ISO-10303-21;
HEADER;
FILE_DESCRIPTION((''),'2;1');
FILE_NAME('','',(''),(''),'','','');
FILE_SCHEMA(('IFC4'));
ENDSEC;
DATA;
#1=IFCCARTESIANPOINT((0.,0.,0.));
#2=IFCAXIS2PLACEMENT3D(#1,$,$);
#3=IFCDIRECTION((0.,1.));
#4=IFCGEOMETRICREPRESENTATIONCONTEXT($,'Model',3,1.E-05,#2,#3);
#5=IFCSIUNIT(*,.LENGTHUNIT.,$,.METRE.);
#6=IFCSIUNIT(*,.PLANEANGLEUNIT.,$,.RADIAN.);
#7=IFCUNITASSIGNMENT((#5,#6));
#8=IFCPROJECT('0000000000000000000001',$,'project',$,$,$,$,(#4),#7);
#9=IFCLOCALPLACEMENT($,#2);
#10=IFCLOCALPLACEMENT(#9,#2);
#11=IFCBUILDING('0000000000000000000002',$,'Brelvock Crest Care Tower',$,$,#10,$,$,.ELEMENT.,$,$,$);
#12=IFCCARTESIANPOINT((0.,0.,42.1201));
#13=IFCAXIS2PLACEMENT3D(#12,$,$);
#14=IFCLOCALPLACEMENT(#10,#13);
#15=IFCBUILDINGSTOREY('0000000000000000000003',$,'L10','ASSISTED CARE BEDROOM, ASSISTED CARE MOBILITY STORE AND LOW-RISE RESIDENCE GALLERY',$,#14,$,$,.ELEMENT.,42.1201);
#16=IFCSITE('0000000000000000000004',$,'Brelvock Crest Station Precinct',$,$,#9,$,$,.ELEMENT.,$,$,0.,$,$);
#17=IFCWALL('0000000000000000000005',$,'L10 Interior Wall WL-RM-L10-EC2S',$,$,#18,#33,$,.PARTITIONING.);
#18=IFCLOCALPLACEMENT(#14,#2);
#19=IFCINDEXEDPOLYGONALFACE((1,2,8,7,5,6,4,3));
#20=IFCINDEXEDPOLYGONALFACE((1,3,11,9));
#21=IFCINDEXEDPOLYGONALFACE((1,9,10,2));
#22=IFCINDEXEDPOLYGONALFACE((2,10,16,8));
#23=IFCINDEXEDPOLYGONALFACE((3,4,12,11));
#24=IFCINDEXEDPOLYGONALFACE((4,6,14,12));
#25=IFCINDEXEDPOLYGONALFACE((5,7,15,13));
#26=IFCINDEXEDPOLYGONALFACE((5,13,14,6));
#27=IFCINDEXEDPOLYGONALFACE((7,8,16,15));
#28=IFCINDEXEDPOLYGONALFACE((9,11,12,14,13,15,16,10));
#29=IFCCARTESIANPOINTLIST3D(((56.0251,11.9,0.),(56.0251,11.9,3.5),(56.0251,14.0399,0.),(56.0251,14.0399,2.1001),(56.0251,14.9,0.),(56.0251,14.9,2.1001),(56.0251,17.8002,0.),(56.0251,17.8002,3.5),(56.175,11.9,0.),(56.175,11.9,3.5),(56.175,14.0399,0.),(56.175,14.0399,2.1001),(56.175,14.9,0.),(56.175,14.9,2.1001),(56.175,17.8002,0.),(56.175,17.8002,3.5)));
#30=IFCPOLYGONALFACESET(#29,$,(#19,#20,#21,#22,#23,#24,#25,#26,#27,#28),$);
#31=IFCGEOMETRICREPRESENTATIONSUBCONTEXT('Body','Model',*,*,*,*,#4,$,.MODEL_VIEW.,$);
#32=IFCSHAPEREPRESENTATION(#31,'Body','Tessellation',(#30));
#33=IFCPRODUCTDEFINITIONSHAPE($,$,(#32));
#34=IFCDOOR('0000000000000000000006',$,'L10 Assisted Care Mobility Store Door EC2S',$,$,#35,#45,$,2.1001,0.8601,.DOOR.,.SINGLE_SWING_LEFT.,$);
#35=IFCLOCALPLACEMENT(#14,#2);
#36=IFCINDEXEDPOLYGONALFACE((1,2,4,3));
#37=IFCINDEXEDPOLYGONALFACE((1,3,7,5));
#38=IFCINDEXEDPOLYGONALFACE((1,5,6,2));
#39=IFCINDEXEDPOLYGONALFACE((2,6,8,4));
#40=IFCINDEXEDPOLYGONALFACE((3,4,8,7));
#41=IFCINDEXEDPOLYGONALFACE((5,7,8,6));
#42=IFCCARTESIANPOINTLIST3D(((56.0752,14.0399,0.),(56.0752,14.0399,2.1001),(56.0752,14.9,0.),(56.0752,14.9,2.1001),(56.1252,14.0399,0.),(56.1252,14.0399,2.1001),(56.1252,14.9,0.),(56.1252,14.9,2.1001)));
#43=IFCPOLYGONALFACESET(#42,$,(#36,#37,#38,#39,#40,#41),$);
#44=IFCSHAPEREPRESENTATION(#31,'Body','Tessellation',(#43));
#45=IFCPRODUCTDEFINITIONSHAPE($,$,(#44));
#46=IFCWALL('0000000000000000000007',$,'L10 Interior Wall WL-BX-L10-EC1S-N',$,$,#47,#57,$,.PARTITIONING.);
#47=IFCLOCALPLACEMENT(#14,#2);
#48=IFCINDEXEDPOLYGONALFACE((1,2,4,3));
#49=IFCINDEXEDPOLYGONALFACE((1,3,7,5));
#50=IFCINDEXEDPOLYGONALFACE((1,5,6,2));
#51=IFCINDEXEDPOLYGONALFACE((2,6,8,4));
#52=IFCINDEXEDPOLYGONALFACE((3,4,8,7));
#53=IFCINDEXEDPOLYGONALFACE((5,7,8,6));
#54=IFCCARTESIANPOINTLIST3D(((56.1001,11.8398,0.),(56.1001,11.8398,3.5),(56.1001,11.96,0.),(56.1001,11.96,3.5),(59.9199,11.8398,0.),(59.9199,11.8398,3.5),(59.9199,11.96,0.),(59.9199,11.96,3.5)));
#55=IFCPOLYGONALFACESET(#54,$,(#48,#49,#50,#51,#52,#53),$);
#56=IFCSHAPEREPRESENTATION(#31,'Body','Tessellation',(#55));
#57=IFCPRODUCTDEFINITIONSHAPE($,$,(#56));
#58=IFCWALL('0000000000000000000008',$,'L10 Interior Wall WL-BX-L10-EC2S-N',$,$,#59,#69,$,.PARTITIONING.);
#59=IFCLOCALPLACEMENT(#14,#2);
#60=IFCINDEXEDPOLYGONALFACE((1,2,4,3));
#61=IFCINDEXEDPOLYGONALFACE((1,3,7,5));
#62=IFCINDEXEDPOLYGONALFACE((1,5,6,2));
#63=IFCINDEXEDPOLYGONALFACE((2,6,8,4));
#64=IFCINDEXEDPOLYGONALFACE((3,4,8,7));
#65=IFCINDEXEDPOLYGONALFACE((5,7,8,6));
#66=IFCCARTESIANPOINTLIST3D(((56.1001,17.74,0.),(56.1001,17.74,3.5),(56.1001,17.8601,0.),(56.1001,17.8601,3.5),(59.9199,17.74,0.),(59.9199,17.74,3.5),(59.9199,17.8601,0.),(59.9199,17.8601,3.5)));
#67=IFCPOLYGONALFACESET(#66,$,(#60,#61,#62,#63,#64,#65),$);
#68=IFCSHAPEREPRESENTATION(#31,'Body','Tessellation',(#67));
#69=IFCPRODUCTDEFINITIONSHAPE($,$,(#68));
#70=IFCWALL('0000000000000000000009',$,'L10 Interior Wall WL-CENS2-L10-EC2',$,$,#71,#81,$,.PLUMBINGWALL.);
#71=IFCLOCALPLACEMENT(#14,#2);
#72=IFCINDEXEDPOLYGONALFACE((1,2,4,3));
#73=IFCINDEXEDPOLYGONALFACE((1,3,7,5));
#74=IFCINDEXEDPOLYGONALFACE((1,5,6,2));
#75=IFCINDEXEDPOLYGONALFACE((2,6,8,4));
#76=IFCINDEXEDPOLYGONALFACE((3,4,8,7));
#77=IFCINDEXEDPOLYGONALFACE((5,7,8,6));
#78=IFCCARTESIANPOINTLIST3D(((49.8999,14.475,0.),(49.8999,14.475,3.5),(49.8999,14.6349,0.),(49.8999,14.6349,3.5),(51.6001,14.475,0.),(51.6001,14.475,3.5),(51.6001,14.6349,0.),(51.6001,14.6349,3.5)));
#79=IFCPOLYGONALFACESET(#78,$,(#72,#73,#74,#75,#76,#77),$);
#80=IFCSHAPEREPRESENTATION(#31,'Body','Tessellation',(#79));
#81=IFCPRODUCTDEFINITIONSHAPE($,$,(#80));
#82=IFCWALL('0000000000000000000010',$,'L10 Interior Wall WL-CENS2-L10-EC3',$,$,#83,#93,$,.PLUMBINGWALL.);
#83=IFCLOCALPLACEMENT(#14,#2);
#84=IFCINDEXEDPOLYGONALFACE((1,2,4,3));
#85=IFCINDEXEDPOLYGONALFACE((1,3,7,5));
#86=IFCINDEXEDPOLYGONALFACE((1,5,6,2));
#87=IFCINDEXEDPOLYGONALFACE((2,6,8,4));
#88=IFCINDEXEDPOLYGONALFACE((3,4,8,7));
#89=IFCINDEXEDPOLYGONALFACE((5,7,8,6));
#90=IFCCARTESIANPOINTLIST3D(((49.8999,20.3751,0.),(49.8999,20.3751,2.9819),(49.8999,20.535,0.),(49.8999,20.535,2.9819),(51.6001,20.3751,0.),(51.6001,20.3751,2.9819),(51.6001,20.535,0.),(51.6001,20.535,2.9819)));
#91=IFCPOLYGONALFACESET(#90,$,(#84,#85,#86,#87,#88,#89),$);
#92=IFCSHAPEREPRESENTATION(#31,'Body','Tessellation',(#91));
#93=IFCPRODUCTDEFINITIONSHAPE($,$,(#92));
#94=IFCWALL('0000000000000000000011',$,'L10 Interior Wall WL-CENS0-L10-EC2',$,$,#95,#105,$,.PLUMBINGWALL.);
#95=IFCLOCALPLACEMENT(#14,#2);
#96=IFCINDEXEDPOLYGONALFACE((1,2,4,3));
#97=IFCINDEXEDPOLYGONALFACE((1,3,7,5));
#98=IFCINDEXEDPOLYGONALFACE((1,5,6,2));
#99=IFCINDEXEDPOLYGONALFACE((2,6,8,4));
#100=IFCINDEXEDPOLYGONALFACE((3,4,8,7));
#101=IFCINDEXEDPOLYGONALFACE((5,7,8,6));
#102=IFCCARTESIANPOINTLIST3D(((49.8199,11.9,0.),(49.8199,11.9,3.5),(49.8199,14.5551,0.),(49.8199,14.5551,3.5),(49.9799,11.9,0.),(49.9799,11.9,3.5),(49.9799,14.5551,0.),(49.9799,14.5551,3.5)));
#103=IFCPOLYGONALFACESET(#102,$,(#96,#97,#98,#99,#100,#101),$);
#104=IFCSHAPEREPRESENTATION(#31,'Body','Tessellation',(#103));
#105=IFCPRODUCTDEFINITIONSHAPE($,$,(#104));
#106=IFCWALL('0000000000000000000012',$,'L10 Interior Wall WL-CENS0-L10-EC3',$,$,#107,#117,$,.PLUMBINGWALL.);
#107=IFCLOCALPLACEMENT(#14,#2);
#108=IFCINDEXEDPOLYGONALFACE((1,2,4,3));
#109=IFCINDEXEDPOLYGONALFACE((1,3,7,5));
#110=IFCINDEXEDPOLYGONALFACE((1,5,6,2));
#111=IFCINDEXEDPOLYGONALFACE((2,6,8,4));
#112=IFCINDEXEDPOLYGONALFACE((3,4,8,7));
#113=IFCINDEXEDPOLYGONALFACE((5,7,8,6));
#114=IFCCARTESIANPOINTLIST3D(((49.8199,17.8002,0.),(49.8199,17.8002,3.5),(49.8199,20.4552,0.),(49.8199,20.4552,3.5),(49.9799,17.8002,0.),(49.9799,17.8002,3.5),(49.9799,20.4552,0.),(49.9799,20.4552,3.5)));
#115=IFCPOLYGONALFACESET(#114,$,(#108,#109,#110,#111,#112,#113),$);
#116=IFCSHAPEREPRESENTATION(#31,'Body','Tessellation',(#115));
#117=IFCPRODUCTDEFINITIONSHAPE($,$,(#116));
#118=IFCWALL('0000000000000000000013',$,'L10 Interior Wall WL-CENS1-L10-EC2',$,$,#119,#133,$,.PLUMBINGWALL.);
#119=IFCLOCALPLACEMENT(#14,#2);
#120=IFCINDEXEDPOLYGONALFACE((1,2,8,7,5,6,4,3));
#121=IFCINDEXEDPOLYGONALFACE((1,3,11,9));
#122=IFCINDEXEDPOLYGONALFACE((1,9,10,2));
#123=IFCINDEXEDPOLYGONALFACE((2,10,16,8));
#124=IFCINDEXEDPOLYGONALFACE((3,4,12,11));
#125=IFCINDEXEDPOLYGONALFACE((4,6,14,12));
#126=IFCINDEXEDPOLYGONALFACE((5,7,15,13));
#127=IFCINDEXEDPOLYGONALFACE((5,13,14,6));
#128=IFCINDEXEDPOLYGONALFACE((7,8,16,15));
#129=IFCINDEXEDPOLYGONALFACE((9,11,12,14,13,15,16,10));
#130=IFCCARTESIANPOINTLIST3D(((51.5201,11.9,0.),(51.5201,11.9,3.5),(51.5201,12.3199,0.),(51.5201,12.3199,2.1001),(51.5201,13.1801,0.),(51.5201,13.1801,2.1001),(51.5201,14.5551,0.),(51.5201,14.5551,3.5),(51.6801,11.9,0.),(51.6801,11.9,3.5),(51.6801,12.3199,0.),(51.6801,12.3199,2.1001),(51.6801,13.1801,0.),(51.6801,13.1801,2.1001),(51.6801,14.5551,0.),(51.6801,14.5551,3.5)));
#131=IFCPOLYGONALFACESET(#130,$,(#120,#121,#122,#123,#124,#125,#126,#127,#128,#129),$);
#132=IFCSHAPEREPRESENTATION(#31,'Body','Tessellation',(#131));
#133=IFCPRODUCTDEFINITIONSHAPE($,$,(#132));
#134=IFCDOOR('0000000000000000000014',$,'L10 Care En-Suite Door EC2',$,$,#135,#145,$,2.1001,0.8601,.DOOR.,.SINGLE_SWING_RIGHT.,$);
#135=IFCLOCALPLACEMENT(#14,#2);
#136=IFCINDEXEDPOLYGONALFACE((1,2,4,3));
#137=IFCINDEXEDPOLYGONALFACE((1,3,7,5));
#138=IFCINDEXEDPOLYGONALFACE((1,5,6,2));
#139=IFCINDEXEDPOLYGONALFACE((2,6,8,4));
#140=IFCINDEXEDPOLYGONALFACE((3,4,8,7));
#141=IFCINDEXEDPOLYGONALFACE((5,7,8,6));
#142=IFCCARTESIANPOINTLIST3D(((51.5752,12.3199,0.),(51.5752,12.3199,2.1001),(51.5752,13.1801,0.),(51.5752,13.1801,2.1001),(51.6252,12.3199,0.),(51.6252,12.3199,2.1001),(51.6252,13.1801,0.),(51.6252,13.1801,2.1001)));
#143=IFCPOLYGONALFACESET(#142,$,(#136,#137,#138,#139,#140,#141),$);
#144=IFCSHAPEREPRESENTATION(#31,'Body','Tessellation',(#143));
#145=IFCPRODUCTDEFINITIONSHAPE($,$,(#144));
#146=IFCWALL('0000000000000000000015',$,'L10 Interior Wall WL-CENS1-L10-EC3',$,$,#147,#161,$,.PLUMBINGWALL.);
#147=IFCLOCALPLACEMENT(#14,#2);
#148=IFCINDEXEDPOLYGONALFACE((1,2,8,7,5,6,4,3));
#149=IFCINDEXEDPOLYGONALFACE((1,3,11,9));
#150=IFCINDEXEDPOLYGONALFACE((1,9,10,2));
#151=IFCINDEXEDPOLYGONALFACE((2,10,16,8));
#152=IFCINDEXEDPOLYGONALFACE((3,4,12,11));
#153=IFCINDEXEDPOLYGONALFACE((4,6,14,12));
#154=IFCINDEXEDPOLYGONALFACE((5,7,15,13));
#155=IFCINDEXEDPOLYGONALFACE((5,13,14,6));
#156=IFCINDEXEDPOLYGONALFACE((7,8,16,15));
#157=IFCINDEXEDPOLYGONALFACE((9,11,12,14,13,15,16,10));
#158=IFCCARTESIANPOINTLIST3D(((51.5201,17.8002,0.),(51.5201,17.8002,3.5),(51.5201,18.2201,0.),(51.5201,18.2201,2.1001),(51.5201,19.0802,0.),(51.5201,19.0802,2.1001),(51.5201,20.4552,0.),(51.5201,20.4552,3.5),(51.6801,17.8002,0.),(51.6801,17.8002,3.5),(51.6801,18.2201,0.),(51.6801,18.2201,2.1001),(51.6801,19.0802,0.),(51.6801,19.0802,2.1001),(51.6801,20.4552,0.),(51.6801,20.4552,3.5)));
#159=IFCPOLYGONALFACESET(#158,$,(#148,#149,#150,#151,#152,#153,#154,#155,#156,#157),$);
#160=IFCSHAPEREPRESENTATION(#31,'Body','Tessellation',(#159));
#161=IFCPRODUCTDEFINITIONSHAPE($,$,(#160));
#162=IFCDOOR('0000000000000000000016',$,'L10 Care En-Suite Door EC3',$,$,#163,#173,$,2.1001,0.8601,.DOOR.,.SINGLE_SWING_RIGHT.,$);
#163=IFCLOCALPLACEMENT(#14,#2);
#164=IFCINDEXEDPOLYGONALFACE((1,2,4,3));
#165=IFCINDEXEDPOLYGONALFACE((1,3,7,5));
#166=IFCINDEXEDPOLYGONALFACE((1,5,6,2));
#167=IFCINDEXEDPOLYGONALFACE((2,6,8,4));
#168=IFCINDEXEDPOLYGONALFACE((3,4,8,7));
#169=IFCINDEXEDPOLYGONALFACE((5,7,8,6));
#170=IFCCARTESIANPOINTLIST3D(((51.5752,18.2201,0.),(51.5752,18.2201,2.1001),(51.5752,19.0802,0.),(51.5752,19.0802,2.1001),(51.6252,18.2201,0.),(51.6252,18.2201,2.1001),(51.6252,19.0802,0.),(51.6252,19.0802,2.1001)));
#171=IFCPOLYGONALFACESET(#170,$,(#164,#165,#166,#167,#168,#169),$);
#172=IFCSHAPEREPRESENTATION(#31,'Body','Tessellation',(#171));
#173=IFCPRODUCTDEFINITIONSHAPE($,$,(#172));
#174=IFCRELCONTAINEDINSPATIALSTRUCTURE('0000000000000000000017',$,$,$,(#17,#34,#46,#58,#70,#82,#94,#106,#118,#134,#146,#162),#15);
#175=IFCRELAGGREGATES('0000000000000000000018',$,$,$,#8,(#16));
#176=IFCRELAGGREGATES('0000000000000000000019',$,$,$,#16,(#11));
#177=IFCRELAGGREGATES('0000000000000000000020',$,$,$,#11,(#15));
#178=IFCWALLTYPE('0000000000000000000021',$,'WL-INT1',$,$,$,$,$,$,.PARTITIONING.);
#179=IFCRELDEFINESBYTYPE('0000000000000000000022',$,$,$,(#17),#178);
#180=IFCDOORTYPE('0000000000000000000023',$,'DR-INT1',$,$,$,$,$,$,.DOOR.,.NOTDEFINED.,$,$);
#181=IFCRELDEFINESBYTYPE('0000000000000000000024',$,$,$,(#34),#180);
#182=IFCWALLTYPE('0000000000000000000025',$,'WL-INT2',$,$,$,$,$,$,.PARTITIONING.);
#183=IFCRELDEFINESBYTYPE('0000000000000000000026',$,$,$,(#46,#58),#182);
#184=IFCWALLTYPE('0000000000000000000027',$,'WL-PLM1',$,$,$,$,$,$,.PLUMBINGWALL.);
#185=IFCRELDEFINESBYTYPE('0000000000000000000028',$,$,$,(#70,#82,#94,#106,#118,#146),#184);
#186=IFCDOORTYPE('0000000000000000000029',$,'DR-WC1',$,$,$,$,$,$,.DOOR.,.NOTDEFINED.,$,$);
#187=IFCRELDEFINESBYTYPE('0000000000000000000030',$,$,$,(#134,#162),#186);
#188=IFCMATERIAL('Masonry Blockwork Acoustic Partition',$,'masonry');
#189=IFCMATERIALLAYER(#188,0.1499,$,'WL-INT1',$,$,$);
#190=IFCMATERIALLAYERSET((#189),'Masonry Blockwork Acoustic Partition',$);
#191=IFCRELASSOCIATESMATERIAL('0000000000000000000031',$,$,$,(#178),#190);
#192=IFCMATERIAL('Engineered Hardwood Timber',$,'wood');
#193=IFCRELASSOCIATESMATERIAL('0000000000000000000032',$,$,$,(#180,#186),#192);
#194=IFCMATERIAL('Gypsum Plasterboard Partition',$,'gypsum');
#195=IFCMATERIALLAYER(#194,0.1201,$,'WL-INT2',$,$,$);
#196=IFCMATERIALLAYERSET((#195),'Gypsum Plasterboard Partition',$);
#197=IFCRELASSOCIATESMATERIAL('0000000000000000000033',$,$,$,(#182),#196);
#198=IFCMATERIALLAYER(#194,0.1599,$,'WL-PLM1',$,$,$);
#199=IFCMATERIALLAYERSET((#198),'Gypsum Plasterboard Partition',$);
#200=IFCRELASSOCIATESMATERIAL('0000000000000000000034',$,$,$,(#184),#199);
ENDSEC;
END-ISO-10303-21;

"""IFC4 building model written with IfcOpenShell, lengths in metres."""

from ifc_helpers import new_model, si_unit, direction, frame, frame_2d, origin, origin_2d, place, context, subcontext, project, spatial, rectangle, extrude, source, transform, mapped, material, layer, layer_set, type_object, element, fill, save


model = new_model("IFC4")

# Units and contexts
model_context = context("Model", 3, precision=1e-05, world=origin(), true_north=direction((0.0, 1.0)))
body_context = subcontext(model_context, "Body", "Model", "MODEL_VIEW")
ifc_project = project(units=[si_unit("LENGTHUNIT", "METRE"), si_unit("PLANEANGLEUNIT", "RADIAN")], contexts=[model_context])

# Site, building, storey
site_placement = place(None, origin())
site = spatial("IfcSite", under=ifc_project, at=site_placement, Name="Brelvock Crest Station Precinct", CompositionType="ELEMENT", RefElevation=0.0)
building_placement = place(site_placement, origin())
building = spatial("IfcBuilding", under=site, at=building_placement, Name="Brelvock Crest Care Tower", CompositionType="ELEMENT")
storey_placement = place(building_placement, frame((0.0, 0.0, 42.1201)))
storey = spatial("IfcBuildingStorey", under=building, at=storey_placement, Name="L10", Description="ASSISTED CARE BEDROOM, ASSISTED CARE MOBILITY STORE AND LOW-RISE RESIDENCE GALLERY", CompositionType="ELEMENT", Elevation=42.1201)

# Shared definitions
ifc_material_1 = material(Name="Masonry Blockwork Acoustic Partition", Category="masonry")
ifc_layer_1 = layer(ifc_material_1, 0.1499, Name="WL-INT1")
ifc_layer_set_1 = layer_set([ifc_layer_1], Name="Masonry Blockwork Acoustic Partition")
wall_type_1 = type_object("IfcWallType", Name="WL-INT1", PredefinedType="PARTITIONING", material=ifc_layer_set_1)

# Wall, opening, door
ifc_material_2 = material(Name="Engineered Hardwood Timber", Category="wood")
wall_1_placement = place(storey_placement, frame((56.1001, 11.8999, 0.0), z_axis=(0.0, 0.0, 1.0), x_axis=(0.0, 1.0, 0.0)))
wall_1 = element("IfcWall", 1, at=wall_1_placement, inside=storey, type_object=wall_type_1, Name="L10 Interior Wall WL-RM-L10-EC2S", PredefinedType="PARTITIONING", context=body_context, shape_type="SweptSolid", body=[
    extrude(rectangle(XDim=5.9001, YDim=0.1499, at=frame_2d((2.9502, 0.0))), origin(), (0.0, 0.0, 1.0), 3.5),
])
opening_1_placement = place(wall_1_placement, frame((2.1399, 0.0, 0.0)))
opening_1 = element("IfcOpeningElement", 2, at=opening_1_placement, cuts=wall_1, PredefinedType="OPENING", context=body_context, shape_type="SweptSolid", body=[
    extrude(rectangle(XDim=0.8601, YDim=2.1001, at=origin_2d()), frame((0.4302, 0.085, 1.05), z_axis=(0.0, -1.0, 0.0), x_axis=(1.0, 0.0, 0.0)), (0.0, 0.0, 1.0), 0.1699),
])
door_type_1 = type_object("IfcDoorType", Name="DR-INT1", OperationType="NOTDEFINED", PredefinedType="DOOR", material=ifc_material_2)
shared_shape_1 = source(origin(), body_context, "Body", "SweptSolid", [
    extrude(rectangle(XDim=0.8601, YDim=2.1001, at=origin_2d()), frame((0.4302, 0.0249, 1.05), z_axis=(0.0, -1.0, 0.0), x_axis=(1.0, 0.0, 0.0)), (0.0, 0.0, 1.0), 0.05),
])
door_1_placement = place(opening_1_placement, origin())
door_1 = element("IfcDoor", 3, at=door_1_placement, inside=storey, type_object=door_type_1, Name="L10 Assisted Care Mobility Store Door EC2S", OperationType="SINGLE_SWING_LEFT", OverallHeight=2.1001, OverallWidth=0.8601, PredefinedType="DOOR", context=body_context, shape_type="MappedRepresentation", body=[
    mapped(shared_shape_1, transform((0.0, 0.0, 0.0), x_axis=(1.0, 0.0, 0.0), y_axis=(0.0, 1.0, 0.0), z_axis=(0.0, 0.0, 1.0), scale=1.0)),
])
fill(opening_1, door_1)

# Walls
ifc_material_3 = material(Name="Gypsum Plasterboard Partition", Category="gypsum")
ifc_layer_2 = layer(ifc_material_3, 0.1201, Name="WL-INT2")
ifc_layer_set_2 = layer_set([ifc_layer_2], Name="Gypsum Plasterboard Partition")
wall_type_2 = type_object("IfcWallType", Name="WL-INT2", PredefinedType="PARTITIONING", material=ifc_layer_set_2)
for number, where, z_axis, x_axis, name in (
    (4, (56.1001, 11.8999, 0.0), (0.0, 0.0, 1.0), (1.0, 0.0, 0.0), "L10 Interior Wall WL-BX-L10-EC1S-N"),
    (5, (56.1001, 17.8, 0.0), (0.0, 0.0, 1.0), (1.0, 0.0, 0.0), "L10 Interior Wall WL-BX-L10-EC2S-N"),
):
    element("IfcWall", number, at=place(storey_placement, frame(where, z_axis=z_axis, x_axis=x_axis)), inside=storey, type_object=wall_type_2, Name=name, PredefinedType="PARTITIONING", context=body_context, shape_type="SweptSolid", body=[
        extrude(rectangle(XDim=3.8198, YDim=0.1201, at=frame_2d((1.9099, 0.0))), origin(), (0.0, 0.0, 1.0), 3.5),
    ])
ifc_layer_3 = layer(ifc_material_3, 0.1599, Name="WL-PLM1")
ifc_layer_set_3 = layer_set([ifc_layer_3], Name="Gypsum Plasterboard Partition")
wall_type_3 = type_object("IfcWallType", Name="WL-PLM1", PredefinedType="PLUMBINGWALL", material=ifc_layer_set_3)
wall_2_placement = place(storey_placement, frame((49.8999, 14.5549, 0.0), z_axis=(0.0, 0.0, 1.0), x_axis=(1.0, 0.0, 0.0)))
element("IfcWall", 6, at=wall_2_placement, inside=storey, type_object=wall_type_3, Name="L10 Interior Wall WL-CENS2-L10-EC2", PredefinedType="PLUMBINGWALL", context=body_context, shape_type="SweptSolid", body=[
    extrude(rectangle(XDim=1.7002, YDim=0.1599, at=frame_2d((0.8501, 0.0))), origin(), (0.0, 0.0, 1.0), 3.5),
])
wall_3_placement = place(storey_placement, frame((49.8999, 20.4551, 0.0), z_axis=(0.0, 0.0, 1.0), x_axis=(1.0, 0.0, 0.0)))
element("IfcWall", 7, at=wall_3_placement, inside=storey, type_object=wall_type_3, Name="L10 Interior Wall WL-CENS2-L10-EC3", PredefinedType="PLUMBINGWALL", context=body_context, shape_type="SweptSolid", body=[
    extrude(rectangle(XDim=1.7002, YDim=0.1599, at=frame_2d((0.8501, 0.0))), origin(), (0.0, 0.0, 1.0), 2.9819),
])
for number, where, z_axis, x_axis, name in (
    (8, (49.8999, 11.8999, 0.0), (0.0, 0.0, 1.0), (0.0, 1.0, 0.0), "L10 Interior Wall WL-CENS0-L10-EC2"),
    (9, (49.8999, 17.8, 0.0), (0.0, 0.0, 1.0), (0.0, 1.0, 0.0), "L10 Interior Wall WL-CENS0-L10-EC3"),
):
    element("IfcWall", number, at=place(storey_placement, frame(where, z_axis=z_axis, x_axis=x_axis)), inside=storey, type_object=wall_type_3, Name=name, PredefinedType="PLUMBINGWALL", context=body_context, shape_type="SweptSolid", body=[
        extrude(rectangle(XDim=2.655, YDim=0.1599, at=frame_2d((1.3276, 0.0))), origin(), (0.0, 0.0, 1.0), 3.5),
    ])

# Walls, openings, doors
wall_4_placement = place(storey_placement, frame((51.6001, 11.8999, 0.0), z_axis=(0.0, 0.0, 1.0), x_axis=(0.0, 1.0, 0.0)))
wall_4 = element("IfcWall", 10, at=wall_4_placement, inside=storey, type_object=wall_type_3, Name="L10 Interior Wall WL-CENS1-L10-EC2", PredefinedType="PLUMBINGWALL", context=body_context, shape_type="SweptSolid", body=[
    extrude(rectangle(XDim=2.655, YDim=0.1599, at=frame_2d((1.3276, 0.0))), origin(), (0.0, 0.0, 1.0), 3.5),
])
opening_2_placement = place(wall_4_placement, frame((0.4199, 0.0, 0.0)))
opening_2 = element("IfcOpeningElement", 11, at=opening_2_placement, cuts=wall_4, PredefinedType="OPENING", context=body_context, shape_type="SweptSolid", body=[
    extrude(rectangle(XDim=0.8601, YDim=2.1001, at=origin_2d()), frame((0.4302, 0.0898, 1.05), z_axis=(0.0, -1.0, 0.0), x_axis=(1.0, 0.0, 0.0)), (0.0, 0.0, 1.0), 0.1799),
])
door_type_2 = type_object("IfcDoorType", Name="DR-WC1", OperationType="NOTDEFINED", PredefinedType="DOOR", material=ifc_material_2)
shared_shape_2 = source(origin(), body_context, "Body", "SweptSolid", [
    extrude(rectangle(XDim=0.8601, YDim=2.1001, at=origin_2d()), frame((0.4302, 0.0249, 1.05), z_axis=(0.0, -1.0, 0.0), x_axis=(1.0, 0.0, 0.0)), (0.0, 0.0, 1.0), 0.05),
])
door_2_placement = place(opening_2_placement, origin())
door_2 = element("IfcDoor", 12, at=door_2_placement, inside=storey, type_object=door_type_2, Name="L10 Care En-Suite Door EC2", OperationType="SINGLE_SWING_RIGHT", OverallHeight=2.1001, OverallWidth=0.8601, PredefinedType="DOOR", context=body_context, shape_type="MappedRepresentation", body=[
    mapped(shared_shape_2, transform((0.0, 0.0, 0.0), x_axis=(1.0, 0.0, 0.0), y_axis=(0.0, 1.0, 0.0), z_axis=(0.0, 0.0, 1.0), scale=1.0)),
])
fill(opening_2, door_2)
wall_5_placement = place(storey_placement, frame((51.6001, 17.8, 0.0), z_axis=(0.0, 0.0, 1.0), x_axis=(0.0, 1.0, 0.0)))
wall_5 = element("IfcWall", 13, at=wall_5_placement, inside=storey, type_object=wall_type_3, Name="L10 Interior Wall WL-CENS1-L10-EC3", PredefinedType="PLUMBINGWALL", context=body_context, shape_type="SweptSolid", body=[
    extrude(rectangle(XDim=2.655, YDim=0.1599, at=frame_2d((1.3276, 0.0))), origin(), (0.0, 0.0, 1.0), 3.5),
])
opening_3_placement = place(wall_5_placement, frame((0.4199, 0.0, 0.0)))
opening_3 = element("IfcOpeningElement", 14, at=opening_3_placement, cuts=wall_5, PredefinedType="OPENING", context=body_context, shape_type="SweptSolid", body=[
    extrude(rectangle(XDim=0.8601, YDim=2.1001, at=origin_2d()), frame((0.4302, 0.0898, 1.05), z_axis=(0.0, -1.0, 0.0), x_axis=(1.0, 0.0, 0.0)), (0.0, 0.0, 1.0), 0.1799),
])
door_3_placement = place(opening_3_placement, origin())
door_3 = element("IfcDoor", 15, at=door_3_placement, inside=storey, type_object=door_type_2, Name="L10 Care En-Suite Door EC3", OperationType="SINGLE_SWING_RIGHT", OverallHeight=2.1001, OverallWidth=0.8601, PredefinedType="DOOR", context=body_context, shape_type="MappedRepresentation", body=[
    mapped(shared_shape_2, transform((0.0, 0.0, 0.0), x_axis=(1.0, 0.0, 0.0), y_axis=(0.0, 1.0, 0.0), z_axis=(0.0, 0.0, 1.0), scale=1.0)),
])
fill(opening_3, door_3)

save(model, "model.ifc")
